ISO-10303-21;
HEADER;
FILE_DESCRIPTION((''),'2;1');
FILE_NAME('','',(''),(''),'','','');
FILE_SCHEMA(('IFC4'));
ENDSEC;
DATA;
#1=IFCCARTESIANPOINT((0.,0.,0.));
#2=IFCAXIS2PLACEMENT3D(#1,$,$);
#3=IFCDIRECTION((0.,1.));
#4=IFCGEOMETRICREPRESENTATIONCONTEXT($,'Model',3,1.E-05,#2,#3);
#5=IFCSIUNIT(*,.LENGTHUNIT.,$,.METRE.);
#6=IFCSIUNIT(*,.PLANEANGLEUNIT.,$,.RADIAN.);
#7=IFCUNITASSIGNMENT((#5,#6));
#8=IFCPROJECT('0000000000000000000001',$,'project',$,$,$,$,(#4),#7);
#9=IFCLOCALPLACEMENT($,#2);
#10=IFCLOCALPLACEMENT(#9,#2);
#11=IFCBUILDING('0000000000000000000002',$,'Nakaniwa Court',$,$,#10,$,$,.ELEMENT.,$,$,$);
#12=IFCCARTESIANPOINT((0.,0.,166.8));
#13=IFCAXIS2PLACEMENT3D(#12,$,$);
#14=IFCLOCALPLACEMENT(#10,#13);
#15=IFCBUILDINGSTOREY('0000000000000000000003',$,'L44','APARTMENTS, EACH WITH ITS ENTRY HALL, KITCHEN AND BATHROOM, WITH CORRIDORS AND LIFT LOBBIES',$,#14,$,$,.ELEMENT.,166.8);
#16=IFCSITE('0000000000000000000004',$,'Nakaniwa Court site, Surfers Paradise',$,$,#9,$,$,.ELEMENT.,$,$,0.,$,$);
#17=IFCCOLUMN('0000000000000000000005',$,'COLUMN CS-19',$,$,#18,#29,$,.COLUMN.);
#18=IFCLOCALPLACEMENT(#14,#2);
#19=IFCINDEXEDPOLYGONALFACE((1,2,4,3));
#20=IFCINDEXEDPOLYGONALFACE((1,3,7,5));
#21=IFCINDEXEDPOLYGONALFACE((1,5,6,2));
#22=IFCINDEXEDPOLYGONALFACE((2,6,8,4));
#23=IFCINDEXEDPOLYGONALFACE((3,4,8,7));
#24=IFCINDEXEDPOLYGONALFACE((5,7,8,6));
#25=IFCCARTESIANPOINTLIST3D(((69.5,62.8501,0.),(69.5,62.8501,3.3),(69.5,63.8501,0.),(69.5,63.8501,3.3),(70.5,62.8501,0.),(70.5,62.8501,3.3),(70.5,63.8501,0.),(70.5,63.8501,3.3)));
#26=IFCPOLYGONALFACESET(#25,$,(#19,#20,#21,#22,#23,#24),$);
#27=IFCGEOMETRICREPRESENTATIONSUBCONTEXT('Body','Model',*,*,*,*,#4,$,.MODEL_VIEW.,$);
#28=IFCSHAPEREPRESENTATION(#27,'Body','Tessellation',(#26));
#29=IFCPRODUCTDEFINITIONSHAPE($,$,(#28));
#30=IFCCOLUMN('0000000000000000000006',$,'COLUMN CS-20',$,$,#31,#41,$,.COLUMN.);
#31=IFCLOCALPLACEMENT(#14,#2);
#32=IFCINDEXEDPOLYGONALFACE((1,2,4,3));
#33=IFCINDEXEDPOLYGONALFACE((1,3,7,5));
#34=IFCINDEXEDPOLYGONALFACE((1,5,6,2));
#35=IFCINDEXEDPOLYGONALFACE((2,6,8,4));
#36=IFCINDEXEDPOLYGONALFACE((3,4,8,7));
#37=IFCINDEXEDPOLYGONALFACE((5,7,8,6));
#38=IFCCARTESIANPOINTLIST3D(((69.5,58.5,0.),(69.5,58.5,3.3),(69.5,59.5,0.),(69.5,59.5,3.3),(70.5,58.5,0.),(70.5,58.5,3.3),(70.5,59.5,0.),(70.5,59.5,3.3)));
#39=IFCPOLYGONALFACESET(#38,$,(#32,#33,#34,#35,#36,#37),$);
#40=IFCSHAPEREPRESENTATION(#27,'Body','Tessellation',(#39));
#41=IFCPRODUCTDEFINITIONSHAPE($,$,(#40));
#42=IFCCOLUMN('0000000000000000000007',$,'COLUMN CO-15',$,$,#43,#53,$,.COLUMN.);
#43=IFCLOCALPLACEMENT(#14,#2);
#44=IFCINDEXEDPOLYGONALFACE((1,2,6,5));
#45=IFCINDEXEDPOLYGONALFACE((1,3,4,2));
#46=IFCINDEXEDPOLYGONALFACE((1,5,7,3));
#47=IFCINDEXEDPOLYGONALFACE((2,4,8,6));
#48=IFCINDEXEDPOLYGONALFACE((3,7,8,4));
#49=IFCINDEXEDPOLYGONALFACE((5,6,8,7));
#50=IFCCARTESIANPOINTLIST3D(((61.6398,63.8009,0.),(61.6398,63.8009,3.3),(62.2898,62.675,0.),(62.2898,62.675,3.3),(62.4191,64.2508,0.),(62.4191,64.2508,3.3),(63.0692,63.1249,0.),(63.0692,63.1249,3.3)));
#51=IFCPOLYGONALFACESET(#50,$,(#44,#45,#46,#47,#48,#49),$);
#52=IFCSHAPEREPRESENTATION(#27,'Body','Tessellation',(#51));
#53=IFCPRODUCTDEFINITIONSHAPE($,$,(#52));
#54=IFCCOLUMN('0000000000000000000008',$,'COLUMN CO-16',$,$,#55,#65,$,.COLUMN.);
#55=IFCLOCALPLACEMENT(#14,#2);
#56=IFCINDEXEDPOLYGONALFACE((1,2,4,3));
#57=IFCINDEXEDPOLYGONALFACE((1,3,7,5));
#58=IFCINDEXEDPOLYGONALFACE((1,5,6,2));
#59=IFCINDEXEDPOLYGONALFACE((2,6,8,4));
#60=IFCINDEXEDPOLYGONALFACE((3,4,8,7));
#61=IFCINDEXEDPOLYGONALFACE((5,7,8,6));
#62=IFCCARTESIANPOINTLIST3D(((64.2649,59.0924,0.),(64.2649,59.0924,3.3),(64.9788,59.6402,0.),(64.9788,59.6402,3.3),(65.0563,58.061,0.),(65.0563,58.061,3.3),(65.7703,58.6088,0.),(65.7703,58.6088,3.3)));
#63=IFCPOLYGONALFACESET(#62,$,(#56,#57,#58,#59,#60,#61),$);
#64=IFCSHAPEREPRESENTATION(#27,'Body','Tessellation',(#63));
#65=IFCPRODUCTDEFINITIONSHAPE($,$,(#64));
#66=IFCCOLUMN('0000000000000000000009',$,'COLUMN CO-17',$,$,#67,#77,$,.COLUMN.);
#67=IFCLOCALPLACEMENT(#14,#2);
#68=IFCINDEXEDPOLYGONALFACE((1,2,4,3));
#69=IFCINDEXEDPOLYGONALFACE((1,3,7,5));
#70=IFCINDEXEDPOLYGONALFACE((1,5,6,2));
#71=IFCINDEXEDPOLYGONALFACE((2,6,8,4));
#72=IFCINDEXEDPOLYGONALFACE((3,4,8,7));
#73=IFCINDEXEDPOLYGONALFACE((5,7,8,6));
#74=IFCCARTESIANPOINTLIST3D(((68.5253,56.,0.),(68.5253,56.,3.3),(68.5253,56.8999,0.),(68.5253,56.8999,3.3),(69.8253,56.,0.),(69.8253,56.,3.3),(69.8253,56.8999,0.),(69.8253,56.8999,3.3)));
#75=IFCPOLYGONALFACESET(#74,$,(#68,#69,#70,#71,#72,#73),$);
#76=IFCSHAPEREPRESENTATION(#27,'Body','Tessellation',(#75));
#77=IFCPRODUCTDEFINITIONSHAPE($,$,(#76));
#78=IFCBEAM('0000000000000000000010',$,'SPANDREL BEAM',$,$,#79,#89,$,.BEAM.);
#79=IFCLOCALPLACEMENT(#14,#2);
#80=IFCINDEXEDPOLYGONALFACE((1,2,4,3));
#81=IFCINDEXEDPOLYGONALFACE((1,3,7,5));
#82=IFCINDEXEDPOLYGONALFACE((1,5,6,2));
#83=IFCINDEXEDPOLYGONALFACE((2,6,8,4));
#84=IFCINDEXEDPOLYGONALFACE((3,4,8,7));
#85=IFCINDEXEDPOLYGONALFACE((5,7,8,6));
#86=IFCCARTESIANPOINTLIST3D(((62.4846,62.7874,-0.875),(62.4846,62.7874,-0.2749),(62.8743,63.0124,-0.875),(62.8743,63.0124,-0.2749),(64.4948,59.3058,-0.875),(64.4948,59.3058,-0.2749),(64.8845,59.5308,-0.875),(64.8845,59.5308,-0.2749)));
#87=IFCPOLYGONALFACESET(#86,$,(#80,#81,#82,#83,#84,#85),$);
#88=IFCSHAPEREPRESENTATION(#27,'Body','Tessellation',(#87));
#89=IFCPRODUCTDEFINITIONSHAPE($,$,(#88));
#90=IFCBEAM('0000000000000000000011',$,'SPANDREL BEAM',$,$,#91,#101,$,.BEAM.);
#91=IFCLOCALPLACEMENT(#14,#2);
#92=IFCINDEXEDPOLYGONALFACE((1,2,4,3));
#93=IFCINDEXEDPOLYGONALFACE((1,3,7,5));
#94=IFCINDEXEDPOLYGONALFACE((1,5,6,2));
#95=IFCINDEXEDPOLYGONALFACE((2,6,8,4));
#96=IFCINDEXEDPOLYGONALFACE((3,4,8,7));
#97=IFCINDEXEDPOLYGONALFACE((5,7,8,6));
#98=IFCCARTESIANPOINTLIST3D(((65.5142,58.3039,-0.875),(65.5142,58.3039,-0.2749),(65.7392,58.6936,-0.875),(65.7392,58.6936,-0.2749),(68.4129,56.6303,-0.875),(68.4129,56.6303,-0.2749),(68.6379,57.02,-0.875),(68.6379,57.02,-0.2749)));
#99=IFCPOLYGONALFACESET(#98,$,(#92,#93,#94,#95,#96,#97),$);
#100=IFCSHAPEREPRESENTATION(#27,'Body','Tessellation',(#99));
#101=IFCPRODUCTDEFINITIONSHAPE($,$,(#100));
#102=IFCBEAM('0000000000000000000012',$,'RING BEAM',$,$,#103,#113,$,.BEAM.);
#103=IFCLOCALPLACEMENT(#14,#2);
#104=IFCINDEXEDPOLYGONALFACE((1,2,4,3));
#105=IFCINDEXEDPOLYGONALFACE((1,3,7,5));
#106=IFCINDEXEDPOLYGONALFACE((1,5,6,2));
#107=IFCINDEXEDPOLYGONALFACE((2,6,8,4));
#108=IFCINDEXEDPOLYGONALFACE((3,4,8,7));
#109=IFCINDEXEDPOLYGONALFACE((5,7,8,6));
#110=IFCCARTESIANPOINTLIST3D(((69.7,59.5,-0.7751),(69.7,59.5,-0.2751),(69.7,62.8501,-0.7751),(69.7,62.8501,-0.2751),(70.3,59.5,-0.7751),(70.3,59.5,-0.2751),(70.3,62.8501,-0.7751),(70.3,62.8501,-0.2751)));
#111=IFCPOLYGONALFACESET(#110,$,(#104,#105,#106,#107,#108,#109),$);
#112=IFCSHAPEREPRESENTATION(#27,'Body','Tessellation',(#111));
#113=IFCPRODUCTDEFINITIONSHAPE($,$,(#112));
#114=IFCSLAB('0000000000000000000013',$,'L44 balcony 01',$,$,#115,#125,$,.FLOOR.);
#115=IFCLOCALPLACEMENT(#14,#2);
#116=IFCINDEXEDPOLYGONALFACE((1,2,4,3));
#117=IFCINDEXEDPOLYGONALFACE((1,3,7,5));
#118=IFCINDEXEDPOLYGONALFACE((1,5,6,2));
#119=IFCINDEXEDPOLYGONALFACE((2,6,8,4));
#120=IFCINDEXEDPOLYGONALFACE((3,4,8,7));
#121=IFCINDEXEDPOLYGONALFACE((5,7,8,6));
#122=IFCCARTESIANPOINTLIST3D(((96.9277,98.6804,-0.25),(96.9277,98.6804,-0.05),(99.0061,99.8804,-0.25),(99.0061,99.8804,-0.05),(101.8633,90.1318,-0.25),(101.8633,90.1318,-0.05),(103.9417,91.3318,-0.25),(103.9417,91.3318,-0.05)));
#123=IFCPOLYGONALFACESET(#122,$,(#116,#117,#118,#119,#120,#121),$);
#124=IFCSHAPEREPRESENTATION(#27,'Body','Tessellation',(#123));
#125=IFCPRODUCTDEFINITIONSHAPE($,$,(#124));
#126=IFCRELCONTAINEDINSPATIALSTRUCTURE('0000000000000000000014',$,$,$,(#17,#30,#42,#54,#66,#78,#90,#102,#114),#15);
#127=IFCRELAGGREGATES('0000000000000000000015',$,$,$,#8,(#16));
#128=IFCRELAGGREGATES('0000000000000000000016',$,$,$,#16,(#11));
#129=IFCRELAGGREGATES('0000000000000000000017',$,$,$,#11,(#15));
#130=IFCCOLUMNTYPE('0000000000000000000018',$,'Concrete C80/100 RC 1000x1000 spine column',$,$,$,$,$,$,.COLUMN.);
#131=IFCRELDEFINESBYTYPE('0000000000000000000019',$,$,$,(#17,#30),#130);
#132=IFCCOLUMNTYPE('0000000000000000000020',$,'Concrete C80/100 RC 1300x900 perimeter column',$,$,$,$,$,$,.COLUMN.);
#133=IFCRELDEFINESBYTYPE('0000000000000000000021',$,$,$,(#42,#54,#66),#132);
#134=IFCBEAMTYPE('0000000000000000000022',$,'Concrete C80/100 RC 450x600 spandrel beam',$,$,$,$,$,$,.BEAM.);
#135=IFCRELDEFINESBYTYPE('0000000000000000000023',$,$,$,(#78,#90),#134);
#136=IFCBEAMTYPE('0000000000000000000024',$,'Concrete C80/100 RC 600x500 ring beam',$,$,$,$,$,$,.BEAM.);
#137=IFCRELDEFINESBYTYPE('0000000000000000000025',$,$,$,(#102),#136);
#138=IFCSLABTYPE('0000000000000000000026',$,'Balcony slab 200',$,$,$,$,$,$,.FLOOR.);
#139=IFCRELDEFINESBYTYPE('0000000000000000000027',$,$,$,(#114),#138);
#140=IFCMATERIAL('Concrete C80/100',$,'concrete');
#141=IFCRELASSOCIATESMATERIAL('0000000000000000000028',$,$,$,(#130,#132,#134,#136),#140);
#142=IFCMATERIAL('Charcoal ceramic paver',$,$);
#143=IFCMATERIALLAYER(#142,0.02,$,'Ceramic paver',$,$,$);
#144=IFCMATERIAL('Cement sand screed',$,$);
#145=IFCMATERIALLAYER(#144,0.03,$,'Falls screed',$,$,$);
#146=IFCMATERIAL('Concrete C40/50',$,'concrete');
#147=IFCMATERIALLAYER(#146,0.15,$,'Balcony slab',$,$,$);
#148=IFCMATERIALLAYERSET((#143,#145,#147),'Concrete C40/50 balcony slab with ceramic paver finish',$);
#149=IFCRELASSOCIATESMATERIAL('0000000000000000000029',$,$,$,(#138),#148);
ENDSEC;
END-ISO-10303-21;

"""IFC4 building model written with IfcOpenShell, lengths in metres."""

from ifc_helpers import new_model, si_unit, direction, frame, origin, origin_2d, place, context, subcontext, project, spatial, polyline, rectangle, outline, extrude, material, layer, layer_set, material_profile, profile_set, type_object, element, save


model = new_model("IFC4")

# Units and contexts
model_context = context("Model", 3, precision=1e-05, world=origin(), true_north=direction((0.0, 1.0)))
body_context = subcontext(model_context, "Body", "Model", "MODEL_VIEW")
ifc_project = project(units=[si_unit("LENGTHUNIT", "METRE"), si_unit("PLANEANGLEUNIT", "RADIAN")], contexts=[model_context])

# Site, building, storey
site_placement = place(None, origin())
site = spatial("IfcSite", under=ifc_project, at=site_placement, Name="Nakaniwa Court site, Surfers Paradise", CompositionType="ELEMENT", RefElevation=0.0)
building_placement = place(site_placement, origin())
building = spatial("IfcBuilding", under=site, at=building_placement, Name="Nakaniwa Court", CompositionType="ELEMENT")
storey_placement = place(building_placement, frame((0.0, 0.0, 166.8)))
storey = spatial("IfcBuildingStorey", under=building, at=storey_placement, Name="L44", Description="APARTMENTS, EACH WITH ITS ENTRY HALL, KITCHEN AND BATHROOM, WITH CORRIDORS AND LIFT LOBBIES", CompositionType="ELEMENT", Elevation=166.8)

# Columns
ifc_material_1 = material(Name="Concrete C80/100", Category="concrete")
ifc_material_profile_1 = material_profile(ifc_material_1, rectangle(XDim=1.0, YDim=1.0, at=origin_2d()), Name="Concrete C80/100 RC 1000x1000 spine column")
ifc_profile_set_1 = profile_set([ifc_material_profile_1], Name="Concrete C80/100")
column_type_1 = type_object("IfcColumnType", Name="Concrete C80/100 RC 1000x1000 spine column", PredefinedType="COLUMN", material=ifc_profile_set_1)
for number, where, z_axis, x_axis, name in (
    (1, (70.0, 63.3501, 0.0), (0.0, 0.0, 1.0), (0.0, -1.0, 0.0), "COLUMN CS-19"),
    (2, (70.0, 59.0, 0.0), (0.0, 0.0, 1.0), (0.0, -1.0, 0.0), "COLUMN CS-20"),
):
    element("IfcColumn", number, at=place(storey_placement, frame(where, z_axis=z_axis, x_axis=x_axis)), inside=storey, type_object=column_type_1, Name=name, PredefinedType="COLUMN", context=body_context, shape_type="SweptSolid", body=[
        extrude(rectangle(XDim=1.0, YDim=1.0, at=origin_2d()), origin(), (0.0, 0.0, 1.0), 3.3),
    ])
ifc_material_profile_2 = material_profile(ifc_material_1, rectangle(XDim=1.3, YDim=0.8999, at=origin_2d()), Name="Concrete C80/100 RC 1300x900 perimeter column")
ifc_profile_set_2 = profile_set([ifc_material_profile_2], Name="Concrete C80/100")
column_type_2 = type_object("IfcColumnType", Name="Concrete C80/100 RC 1300x900 perimeter column", PredefinedType="COLUMN", material=ifc_profile_set_2)
for number, where, z_axis, x_axis, name in (
    (3, (62.3545, 63.4629, 0.0), (0.0, 0.0, 1.0), (0.5, -0.866025, 0.0), "COLUMN CO-15"),
    (4, (65.0176, 58.8506, 0.0), (0.0, 0.0, 1.0), (0.608761, -0.793353, 0.0), "COLUMN CO-16"),
    (5, (69.1753, 56.45, 0.0), (0.0, 0.0, 1.0), (1.0, 0.0, 0.0), "COLUMN CO-17"),
):
    element("IfcColumn", number, at=place(storey_placement, frame(where, z_axis=z_axis, x_axis=x_axis)), inside=storey, type_object=column_type_2, Name=name, PredefinedType="COLUMN", context=body_context, shape_type="SweptSolid", body=[
        extrude(rectangle(XDim=1.3, YDim=0.8999, at=origin_2d()), origin(), (0.0, 0.0, 1.0), 3.3),
    ])

# Beams
ifc_material_profile_3 = material_profile(ifc_material_1, rectangle(XDim=0.45, YDim=0.6001, at=origin_2d()), Name="Concrete C80/100 RC 450x600 spandrel beam")
ifc_profile_set_3 = profile_set([ifc_material_profile_3], Name="Concrete C80/100")
beam_type_1 = type_object("IfcBeamType", Name="Concrete C80/100 RC 450x600 spandrel beam", PredefinedType="BEAM", material=ifc_profile_set_3)
beam_1_placement = place(storey_placement, frame((62.6794, 62.8999, -0.575), z_axis=(0.500019, -0.866015, 0.0), x_axis=(0.866015, 0.500019, 0.0)))
element("IfcBeam", 6, at=beam_1_placement, inside=storey, type_object=beam_type_1, Name="SPANDREL BEAM", PredefinedType="BEAM", context=body_context, shape_type="SweptSolid", body=[
    extrude(rectangle(XDim=0.45, YDim=0.6001, at=origin_2d()), origin(), (0.0, 0.0, 1.0), 4.0203),
])
beam_2_placement = place(storey_placement, frame((65.6267, 58.4988, -0.575), z_axis=(0.866022, -0.500007, 0.0), x_axis=(0.500007, 0.866022, 0.0)))
element("IfcBeam", 7, at=beam_2_placement, inside=storey, type_object=beam_type_1, Name="SPANDREL BEAM", PredefinedType="BEAM", context=body_context, shape_type="SweptSolid", body=[
    extrude(rectangle(XDim=0.45, YDim=0.6001, at=origin_2d()), origin(), (0.0, 0.0, 1.0), 3.3472),
])
ifc_material_profile_4 = material_profile(ifc_material_1, rectangle(XDim=0.6001, YDim=0.5, at=origin_2d()), Name="Concrete C80/100 RC 600x500 ring beam")
ifc_profile_set_4 = profile_set([ifc_material_profile_4], Name="Concrete C80/100")
beam_type_2 = type_object("IfcBeamType", Name="Concrete C80/100 RC 600x500 ring beam", PredefinedType="BEAM", material=ifc_profile_set_4)
beam_3_placement = place(storey_placement, frame((70.0, 62.8501, -0.5251), z_axis=(0.0, -1.0, 0.0), x_axis=(1.0, 0.0, 0.0)))
element("IfcBeam", 8, at=beam_3_placement, inside=storey, type_object=beam_type_2, Name="RING BEAM", PredefinedType="BEAM", context=body_context, shape_type="SweptSolid", body=[
    extrude(rectangle(XDim=0.6001, YDim=0.5, at=origin_2d()), origin(), (0.0, 0.0, 1.0), 3.3501),
])

# Slab
ifc_material_2 = material(Name="Charcoal ceramic paver")
ifc_layer_1 = layer(ifc_material_2, 0.02, Name="Ceramic paver")
ifc_material_3 = material(Name="Cement sand screed")
ifc_layer_2 = layer(ifc_material_3, 0.03, Name="Falls screed")
ifc_material_4 = material(Name="Concrete C40/50", Category="concrete")
ifc_layer_3 = layer(ifc_material_4, 0.15, Name="Balcony slab")
ifc_layer_set_1 = layer_set([ifc_layer_1, ifc_layer_2, ifc_layer_3], Name="Concrete C40/50 balcony slab with ceramic paver finish")
slab_type_1 = type_object("IfcSlabType", Name="Balcony slab 200", PredefinedType="FLOOR", material=ifc_layer_set_1)
slab_1_placement = place(storey_placement, frame((0.0, 0.0, -0.25)))
element("IfcSlab", 9, at=slab_1_placement, inside=storey, type_object=slab_type_1, Name="L44 balcony 01", PredefinedType="FLOOR", context=body_context, shape_type="SweptSolid", body=[
    extrude(outline(polyline([(101.8633, 90.1318), (96.9277, 98.6804), (99.0061, 99.8804), (103.9417, 91.3318), (101.8633, 90.1318)])), origin(), (0.0, 0.0, 1.0), 0.2),
])

save(model, "model.ifc")
